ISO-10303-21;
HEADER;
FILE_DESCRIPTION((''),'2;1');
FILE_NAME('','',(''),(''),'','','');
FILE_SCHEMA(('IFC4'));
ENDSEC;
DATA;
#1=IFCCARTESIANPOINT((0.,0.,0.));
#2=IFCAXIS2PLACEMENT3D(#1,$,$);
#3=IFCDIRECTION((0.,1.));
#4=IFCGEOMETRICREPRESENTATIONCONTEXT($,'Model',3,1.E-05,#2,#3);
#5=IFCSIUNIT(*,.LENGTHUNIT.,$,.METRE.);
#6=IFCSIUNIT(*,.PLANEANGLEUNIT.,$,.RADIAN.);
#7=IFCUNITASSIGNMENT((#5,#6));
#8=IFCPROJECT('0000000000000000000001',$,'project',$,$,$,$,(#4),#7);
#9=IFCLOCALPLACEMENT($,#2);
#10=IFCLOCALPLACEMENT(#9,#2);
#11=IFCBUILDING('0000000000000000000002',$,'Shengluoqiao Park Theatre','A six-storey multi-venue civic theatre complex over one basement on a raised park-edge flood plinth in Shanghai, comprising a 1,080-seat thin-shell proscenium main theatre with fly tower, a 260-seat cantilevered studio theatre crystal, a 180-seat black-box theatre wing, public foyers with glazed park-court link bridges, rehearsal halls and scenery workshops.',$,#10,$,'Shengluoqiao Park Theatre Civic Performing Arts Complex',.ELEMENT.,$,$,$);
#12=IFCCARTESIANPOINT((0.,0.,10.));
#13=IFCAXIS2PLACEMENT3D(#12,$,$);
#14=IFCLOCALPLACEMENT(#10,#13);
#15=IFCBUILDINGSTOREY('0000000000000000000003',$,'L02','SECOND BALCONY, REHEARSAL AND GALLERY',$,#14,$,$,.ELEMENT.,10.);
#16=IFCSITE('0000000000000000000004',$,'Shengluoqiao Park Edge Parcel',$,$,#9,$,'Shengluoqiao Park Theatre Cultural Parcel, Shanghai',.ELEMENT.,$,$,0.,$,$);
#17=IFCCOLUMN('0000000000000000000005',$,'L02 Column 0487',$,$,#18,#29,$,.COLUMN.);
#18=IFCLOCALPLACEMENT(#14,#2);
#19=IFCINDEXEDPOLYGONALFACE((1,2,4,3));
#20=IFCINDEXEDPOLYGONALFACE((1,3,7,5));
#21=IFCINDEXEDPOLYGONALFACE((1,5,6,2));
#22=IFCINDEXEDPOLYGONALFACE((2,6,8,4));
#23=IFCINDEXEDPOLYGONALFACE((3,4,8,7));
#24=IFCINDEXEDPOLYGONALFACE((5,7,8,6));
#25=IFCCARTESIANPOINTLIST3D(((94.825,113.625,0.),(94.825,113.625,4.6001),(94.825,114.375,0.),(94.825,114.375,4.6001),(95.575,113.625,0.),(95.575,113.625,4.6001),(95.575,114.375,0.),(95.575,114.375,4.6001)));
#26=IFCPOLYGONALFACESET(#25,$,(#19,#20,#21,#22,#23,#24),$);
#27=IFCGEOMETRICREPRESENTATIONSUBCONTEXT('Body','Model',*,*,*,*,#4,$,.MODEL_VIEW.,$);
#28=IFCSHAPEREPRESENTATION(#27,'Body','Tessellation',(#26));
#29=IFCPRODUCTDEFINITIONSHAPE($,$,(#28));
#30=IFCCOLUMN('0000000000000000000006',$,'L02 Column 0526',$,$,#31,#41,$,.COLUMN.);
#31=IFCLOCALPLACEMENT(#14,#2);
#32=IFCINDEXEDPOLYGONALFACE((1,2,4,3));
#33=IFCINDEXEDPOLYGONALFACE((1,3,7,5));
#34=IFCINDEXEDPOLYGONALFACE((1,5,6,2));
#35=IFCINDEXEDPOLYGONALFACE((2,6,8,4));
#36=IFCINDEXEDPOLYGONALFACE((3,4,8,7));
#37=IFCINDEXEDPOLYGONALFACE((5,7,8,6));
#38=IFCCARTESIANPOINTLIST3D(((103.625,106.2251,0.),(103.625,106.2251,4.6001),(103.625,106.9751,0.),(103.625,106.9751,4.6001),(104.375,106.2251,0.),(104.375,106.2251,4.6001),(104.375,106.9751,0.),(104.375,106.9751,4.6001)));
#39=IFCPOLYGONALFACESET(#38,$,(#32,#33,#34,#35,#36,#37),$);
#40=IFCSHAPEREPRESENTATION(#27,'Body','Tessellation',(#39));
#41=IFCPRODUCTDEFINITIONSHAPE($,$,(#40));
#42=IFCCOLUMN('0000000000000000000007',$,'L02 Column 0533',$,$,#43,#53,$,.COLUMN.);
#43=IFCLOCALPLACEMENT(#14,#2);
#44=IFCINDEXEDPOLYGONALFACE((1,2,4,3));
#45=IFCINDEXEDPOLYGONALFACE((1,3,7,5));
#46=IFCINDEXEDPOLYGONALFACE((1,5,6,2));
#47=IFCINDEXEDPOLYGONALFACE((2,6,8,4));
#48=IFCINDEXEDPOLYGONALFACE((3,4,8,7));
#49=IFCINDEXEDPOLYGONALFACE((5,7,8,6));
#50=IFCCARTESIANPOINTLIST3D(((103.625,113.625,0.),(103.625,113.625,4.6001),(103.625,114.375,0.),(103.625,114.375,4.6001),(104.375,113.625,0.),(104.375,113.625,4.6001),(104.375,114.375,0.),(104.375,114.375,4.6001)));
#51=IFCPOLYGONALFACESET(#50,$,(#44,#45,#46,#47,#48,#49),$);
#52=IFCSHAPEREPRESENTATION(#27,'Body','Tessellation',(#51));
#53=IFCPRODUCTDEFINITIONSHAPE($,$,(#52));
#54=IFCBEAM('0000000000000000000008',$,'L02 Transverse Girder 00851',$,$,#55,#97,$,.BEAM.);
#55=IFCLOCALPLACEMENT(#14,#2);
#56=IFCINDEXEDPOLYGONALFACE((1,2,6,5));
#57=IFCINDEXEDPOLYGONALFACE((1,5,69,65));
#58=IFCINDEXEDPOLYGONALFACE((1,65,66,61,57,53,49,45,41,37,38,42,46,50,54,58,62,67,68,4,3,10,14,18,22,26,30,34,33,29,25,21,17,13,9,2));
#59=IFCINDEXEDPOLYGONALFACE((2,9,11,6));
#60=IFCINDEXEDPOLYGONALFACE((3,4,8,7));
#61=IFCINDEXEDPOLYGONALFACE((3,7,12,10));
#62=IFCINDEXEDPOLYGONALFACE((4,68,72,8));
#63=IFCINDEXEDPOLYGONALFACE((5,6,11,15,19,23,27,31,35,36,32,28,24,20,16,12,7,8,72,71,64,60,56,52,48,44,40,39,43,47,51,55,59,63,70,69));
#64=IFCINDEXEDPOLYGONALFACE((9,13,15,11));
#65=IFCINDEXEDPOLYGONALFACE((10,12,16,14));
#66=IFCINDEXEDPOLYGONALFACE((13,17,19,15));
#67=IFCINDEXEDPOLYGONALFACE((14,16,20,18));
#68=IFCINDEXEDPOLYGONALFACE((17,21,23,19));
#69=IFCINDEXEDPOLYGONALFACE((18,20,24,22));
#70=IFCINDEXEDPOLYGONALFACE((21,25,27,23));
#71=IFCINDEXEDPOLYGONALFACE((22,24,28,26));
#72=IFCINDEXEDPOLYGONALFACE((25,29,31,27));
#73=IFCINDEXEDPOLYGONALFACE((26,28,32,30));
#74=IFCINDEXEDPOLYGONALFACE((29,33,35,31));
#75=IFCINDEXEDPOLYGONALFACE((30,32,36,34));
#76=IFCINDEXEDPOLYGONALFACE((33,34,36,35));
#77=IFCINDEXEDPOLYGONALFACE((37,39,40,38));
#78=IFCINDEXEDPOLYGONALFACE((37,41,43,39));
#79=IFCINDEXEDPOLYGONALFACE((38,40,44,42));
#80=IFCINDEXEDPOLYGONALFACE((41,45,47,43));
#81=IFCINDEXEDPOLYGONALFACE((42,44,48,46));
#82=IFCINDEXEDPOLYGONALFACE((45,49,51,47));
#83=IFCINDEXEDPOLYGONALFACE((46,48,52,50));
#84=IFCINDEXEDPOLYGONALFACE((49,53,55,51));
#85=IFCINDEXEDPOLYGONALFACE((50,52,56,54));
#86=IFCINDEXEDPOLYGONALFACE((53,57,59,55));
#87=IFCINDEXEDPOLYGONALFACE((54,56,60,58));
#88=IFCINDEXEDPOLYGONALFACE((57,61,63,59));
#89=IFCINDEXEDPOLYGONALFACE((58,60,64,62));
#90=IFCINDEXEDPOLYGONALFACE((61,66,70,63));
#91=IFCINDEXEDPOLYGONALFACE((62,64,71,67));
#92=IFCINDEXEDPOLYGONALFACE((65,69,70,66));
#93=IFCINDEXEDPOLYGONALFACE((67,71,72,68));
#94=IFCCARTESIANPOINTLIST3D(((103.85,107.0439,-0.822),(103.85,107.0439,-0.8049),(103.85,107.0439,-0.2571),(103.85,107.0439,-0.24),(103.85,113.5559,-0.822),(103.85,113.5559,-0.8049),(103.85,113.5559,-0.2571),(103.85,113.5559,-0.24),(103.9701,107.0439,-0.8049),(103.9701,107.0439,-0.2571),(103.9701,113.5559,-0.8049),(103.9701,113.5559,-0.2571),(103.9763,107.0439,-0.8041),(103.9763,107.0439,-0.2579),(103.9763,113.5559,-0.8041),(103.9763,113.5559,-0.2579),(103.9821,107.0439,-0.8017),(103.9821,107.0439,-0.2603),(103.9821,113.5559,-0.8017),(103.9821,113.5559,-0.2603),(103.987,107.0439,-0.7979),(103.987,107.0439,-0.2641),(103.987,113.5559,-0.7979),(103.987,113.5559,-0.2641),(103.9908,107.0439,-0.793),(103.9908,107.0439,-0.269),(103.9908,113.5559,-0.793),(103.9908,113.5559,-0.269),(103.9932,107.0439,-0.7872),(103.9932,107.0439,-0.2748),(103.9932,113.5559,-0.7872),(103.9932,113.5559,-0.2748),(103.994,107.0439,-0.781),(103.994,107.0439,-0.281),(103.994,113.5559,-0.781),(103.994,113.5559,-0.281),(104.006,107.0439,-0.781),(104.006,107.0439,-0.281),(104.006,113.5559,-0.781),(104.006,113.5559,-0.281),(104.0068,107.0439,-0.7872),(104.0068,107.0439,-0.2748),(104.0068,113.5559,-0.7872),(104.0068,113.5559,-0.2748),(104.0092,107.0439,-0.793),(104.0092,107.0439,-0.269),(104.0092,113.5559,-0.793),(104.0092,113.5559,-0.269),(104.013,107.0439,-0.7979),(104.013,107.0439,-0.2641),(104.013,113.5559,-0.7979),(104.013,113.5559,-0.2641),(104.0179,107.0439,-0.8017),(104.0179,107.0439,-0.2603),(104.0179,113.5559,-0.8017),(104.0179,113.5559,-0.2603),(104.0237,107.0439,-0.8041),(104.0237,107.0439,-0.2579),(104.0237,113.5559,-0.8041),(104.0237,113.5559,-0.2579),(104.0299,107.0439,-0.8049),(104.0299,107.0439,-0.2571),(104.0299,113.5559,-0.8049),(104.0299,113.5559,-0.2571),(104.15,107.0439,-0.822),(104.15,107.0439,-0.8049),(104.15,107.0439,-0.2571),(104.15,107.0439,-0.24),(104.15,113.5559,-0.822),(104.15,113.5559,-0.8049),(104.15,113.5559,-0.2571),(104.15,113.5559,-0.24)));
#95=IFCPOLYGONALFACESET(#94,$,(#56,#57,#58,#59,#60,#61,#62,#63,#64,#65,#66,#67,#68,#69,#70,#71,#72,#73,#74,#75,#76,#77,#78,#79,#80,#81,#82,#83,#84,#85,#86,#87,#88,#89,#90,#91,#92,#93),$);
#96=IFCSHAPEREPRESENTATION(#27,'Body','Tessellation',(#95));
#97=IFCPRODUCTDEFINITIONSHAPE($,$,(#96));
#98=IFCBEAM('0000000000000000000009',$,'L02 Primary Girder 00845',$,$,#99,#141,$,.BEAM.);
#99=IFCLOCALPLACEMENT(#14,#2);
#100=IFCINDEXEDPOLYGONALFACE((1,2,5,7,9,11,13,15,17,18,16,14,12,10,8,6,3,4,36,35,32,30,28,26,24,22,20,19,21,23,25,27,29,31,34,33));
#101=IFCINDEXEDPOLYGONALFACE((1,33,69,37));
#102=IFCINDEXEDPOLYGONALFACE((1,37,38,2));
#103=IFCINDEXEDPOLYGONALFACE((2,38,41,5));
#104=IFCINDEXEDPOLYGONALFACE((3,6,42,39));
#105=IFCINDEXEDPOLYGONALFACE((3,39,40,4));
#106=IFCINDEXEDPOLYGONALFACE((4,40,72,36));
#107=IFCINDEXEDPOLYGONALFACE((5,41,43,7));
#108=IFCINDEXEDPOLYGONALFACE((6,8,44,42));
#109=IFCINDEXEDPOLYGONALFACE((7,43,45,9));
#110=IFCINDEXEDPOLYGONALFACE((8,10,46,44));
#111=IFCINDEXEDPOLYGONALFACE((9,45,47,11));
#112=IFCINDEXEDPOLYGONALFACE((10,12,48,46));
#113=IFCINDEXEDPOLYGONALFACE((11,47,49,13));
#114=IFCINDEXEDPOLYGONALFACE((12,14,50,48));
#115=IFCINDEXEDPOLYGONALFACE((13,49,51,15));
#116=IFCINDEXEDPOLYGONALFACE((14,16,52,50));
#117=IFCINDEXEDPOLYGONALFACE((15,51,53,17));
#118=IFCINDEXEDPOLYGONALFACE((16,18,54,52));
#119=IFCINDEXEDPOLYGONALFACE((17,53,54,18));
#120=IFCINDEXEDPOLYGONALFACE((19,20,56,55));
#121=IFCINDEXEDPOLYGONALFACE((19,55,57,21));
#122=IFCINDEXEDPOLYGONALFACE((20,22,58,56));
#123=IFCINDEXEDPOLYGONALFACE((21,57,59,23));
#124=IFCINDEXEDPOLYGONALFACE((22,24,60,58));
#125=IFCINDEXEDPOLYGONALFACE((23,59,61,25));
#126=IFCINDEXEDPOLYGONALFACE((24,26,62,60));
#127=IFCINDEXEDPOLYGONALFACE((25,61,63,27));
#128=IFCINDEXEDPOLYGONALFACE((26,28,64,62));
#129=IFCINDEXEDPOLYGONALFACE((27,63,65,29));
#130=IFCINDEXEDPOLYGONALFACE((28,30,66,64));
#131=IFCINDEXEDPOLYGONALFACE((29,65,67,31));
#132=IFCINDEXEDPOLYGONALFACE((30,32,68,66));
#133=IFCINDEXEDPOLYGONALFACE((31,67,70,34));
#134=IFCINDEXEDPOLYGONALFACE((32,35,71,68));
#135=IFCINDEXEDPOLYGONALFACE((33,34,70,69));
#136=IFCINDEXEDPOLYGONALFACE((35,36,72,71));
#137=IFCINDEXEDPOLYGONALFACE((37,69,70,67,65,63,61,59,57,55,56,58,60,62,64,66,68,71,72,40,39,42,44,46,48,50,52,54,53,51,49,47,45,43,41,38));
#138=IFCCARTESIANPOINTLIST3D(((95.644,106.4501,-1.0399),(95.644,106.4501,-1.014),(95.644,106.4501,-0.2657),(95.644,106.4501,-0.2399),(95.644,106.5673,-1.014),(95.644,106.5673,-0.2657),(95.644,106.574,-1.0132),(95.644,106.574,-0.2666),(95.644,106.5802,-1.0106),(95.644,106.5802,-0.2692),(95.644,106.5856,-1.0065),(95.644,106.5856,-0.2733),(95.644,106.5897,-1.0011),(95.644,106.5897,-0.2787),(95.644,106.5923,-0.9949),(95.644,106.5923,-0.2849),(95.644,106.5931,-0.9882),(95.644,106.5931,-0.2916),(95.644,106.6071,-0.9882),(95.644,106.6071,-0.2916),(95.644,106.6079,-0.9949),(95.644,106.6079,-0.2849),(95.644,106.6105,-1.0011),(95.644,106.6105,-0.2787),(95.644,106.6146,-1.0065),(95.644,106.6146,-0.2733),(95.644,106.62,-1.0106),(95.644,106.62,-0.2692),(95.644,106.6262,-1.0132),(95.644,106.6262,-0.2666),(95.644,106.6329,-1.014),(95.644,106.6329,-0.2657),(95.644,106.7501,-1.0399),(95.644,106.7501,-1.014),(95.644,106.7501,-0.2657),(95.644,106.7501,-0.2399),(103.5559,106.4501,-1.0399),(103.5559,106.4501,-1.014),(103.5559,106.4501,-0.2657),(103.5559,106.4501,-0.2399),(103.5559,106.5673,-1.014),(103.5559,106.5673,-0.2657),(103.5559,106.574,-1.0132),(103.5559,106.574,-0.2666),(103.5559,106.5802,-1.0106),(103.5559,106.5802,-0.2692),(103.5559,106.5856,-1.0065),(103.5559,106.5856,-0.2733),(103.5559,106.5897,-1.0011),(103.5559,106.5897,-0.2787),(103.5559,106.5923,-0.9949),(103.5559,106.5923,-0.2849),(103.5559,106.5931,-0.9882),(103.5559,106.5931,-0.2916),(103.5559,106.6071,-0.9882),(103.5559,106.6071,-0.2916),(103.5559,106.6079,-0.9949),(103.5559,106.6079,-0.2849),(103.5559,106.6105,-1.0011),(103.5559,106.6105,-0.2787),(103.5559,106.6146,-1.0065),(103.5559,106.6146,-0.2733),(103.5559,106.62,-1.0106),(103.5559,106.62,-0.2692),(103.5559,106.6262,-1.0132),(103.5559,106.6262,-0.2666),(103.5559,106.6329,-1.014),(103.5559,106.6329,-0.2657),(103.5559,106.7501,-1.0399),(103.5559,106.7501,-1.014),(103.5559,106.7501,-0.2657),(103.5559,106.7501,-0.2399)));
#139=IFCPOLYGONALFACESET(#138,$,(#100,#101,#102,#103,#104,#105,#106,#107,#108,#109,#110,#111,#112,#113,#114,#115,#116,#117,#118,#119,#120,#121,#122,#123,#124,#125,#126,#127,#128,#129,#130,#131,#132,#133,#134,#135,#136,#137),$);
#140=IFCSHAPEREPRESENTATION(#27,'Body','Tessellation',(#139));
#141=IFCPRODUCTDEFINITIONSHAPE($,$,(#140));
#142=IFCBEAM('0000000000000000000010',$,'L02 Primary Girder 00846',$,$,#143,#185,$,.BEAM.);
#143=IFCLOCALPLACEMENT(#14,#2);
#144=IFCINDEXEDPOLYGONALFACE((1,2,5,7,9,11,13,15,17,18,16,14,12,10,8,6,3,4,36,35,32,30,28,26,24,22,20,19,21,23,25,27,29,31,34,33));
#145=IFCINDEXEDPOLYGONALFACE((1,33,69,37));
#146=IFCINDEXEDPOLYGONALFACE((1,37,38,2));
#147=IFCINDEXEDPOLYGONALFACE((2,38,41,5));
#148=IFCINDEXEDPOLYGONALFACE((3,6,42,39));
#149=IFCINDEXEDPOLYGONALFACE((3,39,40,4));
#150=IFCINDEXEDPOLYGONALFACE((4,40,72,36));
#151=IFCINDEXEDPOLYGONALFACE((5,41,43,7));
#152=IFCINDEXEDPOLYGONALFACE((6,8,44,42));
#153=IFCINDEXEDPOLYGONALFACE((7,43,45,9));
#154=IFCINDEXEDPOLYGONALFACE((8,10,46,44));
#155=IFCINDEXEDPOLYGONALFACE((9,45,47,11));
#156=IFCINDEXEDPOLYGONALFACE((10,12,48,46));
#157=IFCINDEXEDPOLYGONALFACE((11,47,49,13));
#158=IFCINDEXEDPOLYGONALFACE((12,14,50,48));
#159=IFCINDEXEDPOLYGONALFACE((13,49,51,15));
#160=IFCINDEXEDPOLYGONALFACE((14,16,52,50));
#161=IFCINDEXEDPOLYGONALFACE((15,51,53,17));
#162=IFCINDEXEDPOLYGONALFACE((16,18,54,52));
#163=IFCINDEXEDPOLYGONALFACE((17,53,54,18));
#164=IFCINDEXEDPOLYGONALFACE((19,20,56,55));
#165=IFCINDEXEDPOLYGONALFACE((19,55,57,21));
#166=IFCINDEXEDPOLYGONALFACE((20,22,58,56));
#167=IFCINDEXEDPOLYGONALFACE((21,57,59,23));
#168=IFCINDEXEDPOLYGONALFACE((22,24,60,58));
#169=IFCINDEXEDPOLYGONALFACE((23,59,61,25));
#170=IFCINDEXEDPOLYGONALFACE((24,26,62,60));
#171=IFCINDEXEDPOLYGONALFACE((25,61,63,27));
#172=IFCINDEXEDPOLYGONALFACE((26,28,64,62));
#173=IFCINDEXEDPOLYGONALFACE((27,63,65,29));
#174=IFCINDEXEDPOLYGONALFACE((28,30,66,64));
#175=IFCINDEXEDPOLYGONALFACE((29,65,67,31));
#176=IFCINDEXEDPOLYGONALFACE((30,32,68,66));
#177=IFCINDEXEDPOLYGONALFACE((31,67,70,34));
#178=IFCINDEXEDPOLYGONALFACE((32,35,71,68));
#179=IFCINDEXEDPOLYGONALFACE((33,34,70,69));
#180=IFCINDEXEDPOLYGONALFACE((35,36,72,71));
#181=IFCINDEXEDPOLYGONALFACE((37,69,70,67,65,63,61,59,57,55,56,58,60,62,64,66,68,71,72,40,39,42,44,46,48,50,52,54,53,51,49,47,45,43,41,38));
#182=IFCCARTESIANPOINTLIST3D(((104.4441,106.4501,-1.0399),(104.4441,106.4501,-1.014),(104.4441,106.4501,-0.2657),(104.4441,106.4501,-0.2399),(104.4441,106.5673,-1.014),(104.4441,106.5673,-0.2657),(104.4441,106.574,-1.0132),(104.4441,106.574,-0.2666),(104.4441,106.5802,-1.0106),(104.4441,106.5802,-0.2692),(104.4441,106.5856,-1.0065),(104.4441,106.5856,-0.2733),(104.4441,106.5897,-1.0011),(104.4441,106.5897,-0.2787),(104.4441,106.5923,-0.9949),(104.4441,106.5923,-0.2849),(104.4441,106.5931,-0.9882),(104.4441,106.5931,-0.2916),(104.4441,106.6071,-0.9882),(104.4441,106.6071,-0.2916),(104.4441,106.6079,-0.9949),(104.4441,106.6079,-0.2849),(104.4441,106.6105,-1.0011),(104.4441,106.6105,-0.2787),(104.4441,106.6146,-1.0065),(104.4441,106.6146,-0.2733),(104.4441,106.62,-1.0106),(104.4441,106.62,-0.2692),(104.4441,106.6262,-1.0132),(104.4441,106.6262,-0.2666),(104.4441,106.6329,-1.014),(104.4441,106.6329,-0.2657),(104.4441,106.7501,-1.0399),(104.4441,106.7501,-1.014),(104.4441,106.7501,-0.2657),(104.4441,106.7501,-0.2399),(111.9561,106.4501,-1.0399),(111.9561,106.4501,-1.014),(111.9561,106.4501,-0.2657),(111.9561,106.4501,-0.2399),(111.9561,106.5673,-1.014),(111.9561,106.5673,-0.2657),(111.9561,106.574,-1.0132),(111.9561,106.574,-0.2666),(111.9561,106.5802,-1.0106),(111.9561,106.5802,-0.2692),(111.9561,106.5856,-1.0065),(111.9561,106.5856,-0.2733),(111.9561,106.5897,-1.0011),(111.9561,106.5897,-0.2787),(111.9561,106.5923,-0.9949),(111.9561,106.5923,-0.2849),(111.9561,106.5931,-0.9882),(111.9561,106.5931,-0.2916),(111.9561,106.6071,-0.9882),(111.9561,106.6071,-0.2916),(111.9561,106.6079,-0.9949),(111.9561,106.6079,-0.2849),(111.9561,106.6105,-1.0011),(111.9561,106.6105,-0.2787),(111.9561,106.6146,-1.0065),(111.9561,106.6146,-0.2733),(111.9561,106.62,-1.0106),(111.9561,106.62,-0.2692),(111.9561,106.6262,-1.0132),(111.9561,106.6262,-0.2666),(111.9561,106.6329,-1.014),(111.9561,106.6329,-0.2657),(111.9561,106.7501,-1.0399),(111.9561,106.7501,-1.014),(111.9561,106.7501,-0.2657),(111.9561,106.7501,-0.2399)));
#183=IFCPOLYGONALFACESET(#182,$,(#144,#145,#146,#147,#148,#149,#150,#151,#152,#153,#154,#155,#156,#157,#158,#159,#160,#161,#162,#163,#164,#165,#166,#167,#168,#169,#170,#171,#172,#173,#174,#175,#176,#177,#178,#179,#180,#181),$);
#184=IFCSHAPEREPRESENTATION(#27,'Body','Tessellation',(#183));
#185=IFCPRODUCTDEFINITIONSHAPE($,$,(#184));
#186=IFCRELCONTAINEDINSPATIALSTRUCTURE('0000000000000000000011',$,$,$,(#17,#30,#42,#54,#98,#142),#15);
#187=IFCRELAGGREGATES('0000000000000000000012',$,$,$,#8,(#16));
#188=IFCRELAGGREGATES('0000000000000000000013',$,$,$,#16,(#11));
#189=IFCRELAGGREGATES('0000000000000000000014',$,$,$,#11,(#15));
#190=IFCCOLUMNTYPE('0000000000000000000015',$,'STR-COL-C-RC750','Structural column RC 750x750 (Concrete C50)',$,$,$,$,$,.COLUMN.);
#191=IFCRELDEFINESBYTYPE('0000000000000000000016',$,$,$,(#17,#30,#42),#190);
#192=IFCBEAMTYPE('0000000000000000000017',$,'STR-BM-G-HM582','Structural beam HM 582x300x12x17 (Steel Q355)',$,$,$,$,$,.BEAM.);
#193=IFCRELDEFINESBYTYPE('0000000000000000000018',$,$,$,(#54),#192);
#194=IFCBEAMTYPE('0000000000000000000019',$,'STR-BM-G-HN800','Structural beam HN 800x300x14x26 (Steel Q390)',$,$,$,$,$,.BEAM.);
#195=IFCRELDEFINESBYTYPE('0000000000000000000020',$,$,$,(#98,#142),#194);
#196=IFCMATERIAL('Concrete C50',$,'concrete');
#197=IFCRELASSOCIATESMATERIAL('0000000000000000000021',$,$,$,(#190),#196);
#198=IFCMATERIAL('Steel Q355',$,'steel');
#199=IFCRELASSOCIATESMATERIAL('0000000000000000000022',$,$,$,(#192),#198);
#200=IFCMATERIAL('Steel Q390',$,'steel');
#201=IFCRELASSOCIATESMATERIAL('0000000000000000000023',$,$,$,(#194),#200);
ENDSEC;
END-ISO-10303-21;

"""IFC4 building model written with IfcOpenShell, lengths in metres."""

from ifc_helpers import new_model, si_unit, direction, frame, origin, origin_2d, place, context, subcontext, project, spatial, rectangle, i_section, extrude, material, material_profile, profile_set, type_object, element, save


model = new_model("IFC4")

# Units and contexts
model_context = context("Model", 3, precision=1e-05, world=origin(), true_north=direction((0.0, 1.0)))
body_context = subcontext(model_context, "Body", "Model", "MODEL_VIEW")
ifc_project = project(units=[si_unit("LENGTHUNIT", "METRE"), si_unit("PLANEANGLEUNIT", "RADIAN")], contexts=[model_context])

# Site, building, storey
site_placement = place(None, origin())
site = spatial("IfcSite", under=ifc_project, at=site_placement, Name="Shengluoqiao Park Edge Parcel", LongName="Shengluoqiao Park Theatre Cultural Parcel, Shanghai", CompositionType="ELEMENT", RefElevation=0.0)
building_placement = place(site_placement, origin())
building = spatial("IfcBuilding", under=site, at=building_placement, Name="Shengluoqiao Park Theatre", Description="A six-storey multi-venue civic theatre complex over one basement on a raised park-edge flood plinth in Shanghai, comprising a 1,080-seat thin-shell proscenium main theatre with fly tower, a 260-seat cantilevered studio theatre crystal, a 180-seat black-box theatre wing, public foyers with glazed park-court link bridges, rehearsal halls and scenery workshops.", LongName="Shengluoqiao Park Theatre Civic Performing Arts Complex", CompositionType="ELEMENT")
storey_placement = place(building_placement, frame((0.0, 0.0, 10.0)))
storey = spatial("IfcBuildingStorey", under=building, at=storey_placement, Name="L02", Description="SECOND BALCONY, REHEARSAL AND GALLERY", CompositionType="ELEMENT", Elevation=10.0)

# Columns
ifc_material_1 = material(Name="Concrete C50", Category="concrete")
ifc_material_profile_1 = material_profile(ifc_material_1, rectangle(XDim=0.75, YDim=0.75, at=origin_2d()), Name="RC 750x750")
ifc_profile_set_1 = profile_set([ifc_material_profile_1], Name="Concrete C50")
column_type = type_object("IfcColumnType", Name="STR-COL-C-RC750", Description="Structural column RC 750x750 (Concrete C50)", PredefinedType="COLUMN", material=ifc_profile_set_1)
for number, where, z_axis, x_axis, name in (
    (1, (95.2, 114.0, 0.0), (0.0, 0.0, 1.0), (1.0, 0.0, 0.0), "L02 Column 0487"),
    (2, (104.0, 106.6001, 0.0), (0.0, 0.0, 1.0), (1.0, 0.0, 0.0), "L02 Column 0526"),
    (3, (104.0, 114.0, 0.0), (0.0, 0.0, 1.0), (1.0, 0.0, 0.0), "L02 Column 0533"),
):
    element("IfcColumn", number, at=place(storey_placement, frame(where, z_axis=z_axis, x_axis=x_axis)), inside=storey, type_object=column_type, Name=name, PredefinedType="COLUMN", context=body_context, shape_type="SweptSolid", body=[
        extrude(rectangle(XDim=0.75, YDim=0.75, at=origin_2d()), origin(), (0.0, 0.0, 1.0), 4.6001),
    ])

# Beams
ifc_material_2 = material(Name="Steel Q355", Category="steel")
ifc_material_profile_2 = material_profile(ifc_material_2, i_section(OverallWidth=0.3, OverallDepth=0.582, WebThickness=0.012, FlangeThickness=0.0171, FilletRadius=0.0239, at=origin_2d()), Name="HM 582x300x12x17")
ifc_profile_set_2 = profile_set([ifc_material_profile_2], Name="Steel Q355")
beam_type_1 = type_object("IfcBeamType", Name="STR-BM-G-HM582", Description="Structural beam HM 582x300x12x17 (Steel Q355)", PredefinedType="BEAM", material=ifc_profile_set_2)
beam_1_placement = place(storey_placement, frame((104.0, 107.0439, -0.531), z_axis=(0.0, 1.0, 0.0), x_axis=(-1.0, 0.0, 0.0)))
element("IfcBeam", 4, at=beam_1_placement, inside=storey, type_object=beam_type_1, Name="L02 Transverse Girder 00851", PredefinedType="BEAM", context=body_context, shape_type="SweptSolid", body=[
    extrude(i_section(OverallWidth=0.3, OverallDepth=0.582, WebThickness=0.012, FlangeThickness=0.0171, FilletRadius=0.0239, at=origin_2d()), origin(), (0.0, 0.0, 1.0), 6.512),
])
ifc_material_3 = material(Name="Steel Q390", Category="steel")
ifc_material_profile_3 = material_profile(ifc_material_3, i_section(OverallWidth=0.3, OverallDepth=0.8, WebThickness=0.0139, FlangeThickness=0.0259, FilletRadius=0.0259, at=origin_2d()), Name="HN 800x300x14x26")
ifc_profile_set_3 = profile_set([ifc_material_profile_3], Name="Steel Q390")
beam_type_2 = type_object("IfcBeamType", Name="STR-BM-G-HN800", Description="Structural beam HN 800x300x14x26 (Steel Q390)", PredefinedType="BEAM", material=ifc_profile_set_3)
beam_2_placement = place(storey_placement, frame((95.644, 106.6001, -0.6399), z_axis=(1.0, 0.0, 0.0), x_axis=(0.0, 1.0, 0.0)))
element("IfcBeam", 5, at=beam_2_placement, inside=storey, type_object=beam_type_2, Name="L02 Primary Girder 00845", PredefinedType="BEAM", context=body_context, shape_type="SweptSolid", body=[
    extrude(i_section(OverallWidth=0.3, OverallDepth=0.8, WebThickness=0.0139, FlangeThickness=0.0259, FilletRadius=0.0259, at=origin_2d()), origin(), (0.0, 0.0, 1.0), 7.9119),
])
beam_3_placement = place(storey_placement, frame((104.4441, 106.6001, -0.6399), z_axis=(1.0, 0.0, 0.0), x_axis=(0.0, 1.0, 0.0)))
element("IfcBeam", 6, at=beam_3_placement, inside=storey, type_object=beam_type_2, Name="L02 Primary Girder 00846", PredefinedType="BEAM", context=body_context, shape_type="SweptSolid", body=[
    extrude(i_section(OverallWidth=0.3, OverallDepth=0.8, WebThickness=0.0139, FlangeThickness=0.0259, FilletRadius=0.0259, at=origin_2d()), origin(), (0.0, 0.0, 1.0), 7.512),
])

save(model, "model.ifc")
